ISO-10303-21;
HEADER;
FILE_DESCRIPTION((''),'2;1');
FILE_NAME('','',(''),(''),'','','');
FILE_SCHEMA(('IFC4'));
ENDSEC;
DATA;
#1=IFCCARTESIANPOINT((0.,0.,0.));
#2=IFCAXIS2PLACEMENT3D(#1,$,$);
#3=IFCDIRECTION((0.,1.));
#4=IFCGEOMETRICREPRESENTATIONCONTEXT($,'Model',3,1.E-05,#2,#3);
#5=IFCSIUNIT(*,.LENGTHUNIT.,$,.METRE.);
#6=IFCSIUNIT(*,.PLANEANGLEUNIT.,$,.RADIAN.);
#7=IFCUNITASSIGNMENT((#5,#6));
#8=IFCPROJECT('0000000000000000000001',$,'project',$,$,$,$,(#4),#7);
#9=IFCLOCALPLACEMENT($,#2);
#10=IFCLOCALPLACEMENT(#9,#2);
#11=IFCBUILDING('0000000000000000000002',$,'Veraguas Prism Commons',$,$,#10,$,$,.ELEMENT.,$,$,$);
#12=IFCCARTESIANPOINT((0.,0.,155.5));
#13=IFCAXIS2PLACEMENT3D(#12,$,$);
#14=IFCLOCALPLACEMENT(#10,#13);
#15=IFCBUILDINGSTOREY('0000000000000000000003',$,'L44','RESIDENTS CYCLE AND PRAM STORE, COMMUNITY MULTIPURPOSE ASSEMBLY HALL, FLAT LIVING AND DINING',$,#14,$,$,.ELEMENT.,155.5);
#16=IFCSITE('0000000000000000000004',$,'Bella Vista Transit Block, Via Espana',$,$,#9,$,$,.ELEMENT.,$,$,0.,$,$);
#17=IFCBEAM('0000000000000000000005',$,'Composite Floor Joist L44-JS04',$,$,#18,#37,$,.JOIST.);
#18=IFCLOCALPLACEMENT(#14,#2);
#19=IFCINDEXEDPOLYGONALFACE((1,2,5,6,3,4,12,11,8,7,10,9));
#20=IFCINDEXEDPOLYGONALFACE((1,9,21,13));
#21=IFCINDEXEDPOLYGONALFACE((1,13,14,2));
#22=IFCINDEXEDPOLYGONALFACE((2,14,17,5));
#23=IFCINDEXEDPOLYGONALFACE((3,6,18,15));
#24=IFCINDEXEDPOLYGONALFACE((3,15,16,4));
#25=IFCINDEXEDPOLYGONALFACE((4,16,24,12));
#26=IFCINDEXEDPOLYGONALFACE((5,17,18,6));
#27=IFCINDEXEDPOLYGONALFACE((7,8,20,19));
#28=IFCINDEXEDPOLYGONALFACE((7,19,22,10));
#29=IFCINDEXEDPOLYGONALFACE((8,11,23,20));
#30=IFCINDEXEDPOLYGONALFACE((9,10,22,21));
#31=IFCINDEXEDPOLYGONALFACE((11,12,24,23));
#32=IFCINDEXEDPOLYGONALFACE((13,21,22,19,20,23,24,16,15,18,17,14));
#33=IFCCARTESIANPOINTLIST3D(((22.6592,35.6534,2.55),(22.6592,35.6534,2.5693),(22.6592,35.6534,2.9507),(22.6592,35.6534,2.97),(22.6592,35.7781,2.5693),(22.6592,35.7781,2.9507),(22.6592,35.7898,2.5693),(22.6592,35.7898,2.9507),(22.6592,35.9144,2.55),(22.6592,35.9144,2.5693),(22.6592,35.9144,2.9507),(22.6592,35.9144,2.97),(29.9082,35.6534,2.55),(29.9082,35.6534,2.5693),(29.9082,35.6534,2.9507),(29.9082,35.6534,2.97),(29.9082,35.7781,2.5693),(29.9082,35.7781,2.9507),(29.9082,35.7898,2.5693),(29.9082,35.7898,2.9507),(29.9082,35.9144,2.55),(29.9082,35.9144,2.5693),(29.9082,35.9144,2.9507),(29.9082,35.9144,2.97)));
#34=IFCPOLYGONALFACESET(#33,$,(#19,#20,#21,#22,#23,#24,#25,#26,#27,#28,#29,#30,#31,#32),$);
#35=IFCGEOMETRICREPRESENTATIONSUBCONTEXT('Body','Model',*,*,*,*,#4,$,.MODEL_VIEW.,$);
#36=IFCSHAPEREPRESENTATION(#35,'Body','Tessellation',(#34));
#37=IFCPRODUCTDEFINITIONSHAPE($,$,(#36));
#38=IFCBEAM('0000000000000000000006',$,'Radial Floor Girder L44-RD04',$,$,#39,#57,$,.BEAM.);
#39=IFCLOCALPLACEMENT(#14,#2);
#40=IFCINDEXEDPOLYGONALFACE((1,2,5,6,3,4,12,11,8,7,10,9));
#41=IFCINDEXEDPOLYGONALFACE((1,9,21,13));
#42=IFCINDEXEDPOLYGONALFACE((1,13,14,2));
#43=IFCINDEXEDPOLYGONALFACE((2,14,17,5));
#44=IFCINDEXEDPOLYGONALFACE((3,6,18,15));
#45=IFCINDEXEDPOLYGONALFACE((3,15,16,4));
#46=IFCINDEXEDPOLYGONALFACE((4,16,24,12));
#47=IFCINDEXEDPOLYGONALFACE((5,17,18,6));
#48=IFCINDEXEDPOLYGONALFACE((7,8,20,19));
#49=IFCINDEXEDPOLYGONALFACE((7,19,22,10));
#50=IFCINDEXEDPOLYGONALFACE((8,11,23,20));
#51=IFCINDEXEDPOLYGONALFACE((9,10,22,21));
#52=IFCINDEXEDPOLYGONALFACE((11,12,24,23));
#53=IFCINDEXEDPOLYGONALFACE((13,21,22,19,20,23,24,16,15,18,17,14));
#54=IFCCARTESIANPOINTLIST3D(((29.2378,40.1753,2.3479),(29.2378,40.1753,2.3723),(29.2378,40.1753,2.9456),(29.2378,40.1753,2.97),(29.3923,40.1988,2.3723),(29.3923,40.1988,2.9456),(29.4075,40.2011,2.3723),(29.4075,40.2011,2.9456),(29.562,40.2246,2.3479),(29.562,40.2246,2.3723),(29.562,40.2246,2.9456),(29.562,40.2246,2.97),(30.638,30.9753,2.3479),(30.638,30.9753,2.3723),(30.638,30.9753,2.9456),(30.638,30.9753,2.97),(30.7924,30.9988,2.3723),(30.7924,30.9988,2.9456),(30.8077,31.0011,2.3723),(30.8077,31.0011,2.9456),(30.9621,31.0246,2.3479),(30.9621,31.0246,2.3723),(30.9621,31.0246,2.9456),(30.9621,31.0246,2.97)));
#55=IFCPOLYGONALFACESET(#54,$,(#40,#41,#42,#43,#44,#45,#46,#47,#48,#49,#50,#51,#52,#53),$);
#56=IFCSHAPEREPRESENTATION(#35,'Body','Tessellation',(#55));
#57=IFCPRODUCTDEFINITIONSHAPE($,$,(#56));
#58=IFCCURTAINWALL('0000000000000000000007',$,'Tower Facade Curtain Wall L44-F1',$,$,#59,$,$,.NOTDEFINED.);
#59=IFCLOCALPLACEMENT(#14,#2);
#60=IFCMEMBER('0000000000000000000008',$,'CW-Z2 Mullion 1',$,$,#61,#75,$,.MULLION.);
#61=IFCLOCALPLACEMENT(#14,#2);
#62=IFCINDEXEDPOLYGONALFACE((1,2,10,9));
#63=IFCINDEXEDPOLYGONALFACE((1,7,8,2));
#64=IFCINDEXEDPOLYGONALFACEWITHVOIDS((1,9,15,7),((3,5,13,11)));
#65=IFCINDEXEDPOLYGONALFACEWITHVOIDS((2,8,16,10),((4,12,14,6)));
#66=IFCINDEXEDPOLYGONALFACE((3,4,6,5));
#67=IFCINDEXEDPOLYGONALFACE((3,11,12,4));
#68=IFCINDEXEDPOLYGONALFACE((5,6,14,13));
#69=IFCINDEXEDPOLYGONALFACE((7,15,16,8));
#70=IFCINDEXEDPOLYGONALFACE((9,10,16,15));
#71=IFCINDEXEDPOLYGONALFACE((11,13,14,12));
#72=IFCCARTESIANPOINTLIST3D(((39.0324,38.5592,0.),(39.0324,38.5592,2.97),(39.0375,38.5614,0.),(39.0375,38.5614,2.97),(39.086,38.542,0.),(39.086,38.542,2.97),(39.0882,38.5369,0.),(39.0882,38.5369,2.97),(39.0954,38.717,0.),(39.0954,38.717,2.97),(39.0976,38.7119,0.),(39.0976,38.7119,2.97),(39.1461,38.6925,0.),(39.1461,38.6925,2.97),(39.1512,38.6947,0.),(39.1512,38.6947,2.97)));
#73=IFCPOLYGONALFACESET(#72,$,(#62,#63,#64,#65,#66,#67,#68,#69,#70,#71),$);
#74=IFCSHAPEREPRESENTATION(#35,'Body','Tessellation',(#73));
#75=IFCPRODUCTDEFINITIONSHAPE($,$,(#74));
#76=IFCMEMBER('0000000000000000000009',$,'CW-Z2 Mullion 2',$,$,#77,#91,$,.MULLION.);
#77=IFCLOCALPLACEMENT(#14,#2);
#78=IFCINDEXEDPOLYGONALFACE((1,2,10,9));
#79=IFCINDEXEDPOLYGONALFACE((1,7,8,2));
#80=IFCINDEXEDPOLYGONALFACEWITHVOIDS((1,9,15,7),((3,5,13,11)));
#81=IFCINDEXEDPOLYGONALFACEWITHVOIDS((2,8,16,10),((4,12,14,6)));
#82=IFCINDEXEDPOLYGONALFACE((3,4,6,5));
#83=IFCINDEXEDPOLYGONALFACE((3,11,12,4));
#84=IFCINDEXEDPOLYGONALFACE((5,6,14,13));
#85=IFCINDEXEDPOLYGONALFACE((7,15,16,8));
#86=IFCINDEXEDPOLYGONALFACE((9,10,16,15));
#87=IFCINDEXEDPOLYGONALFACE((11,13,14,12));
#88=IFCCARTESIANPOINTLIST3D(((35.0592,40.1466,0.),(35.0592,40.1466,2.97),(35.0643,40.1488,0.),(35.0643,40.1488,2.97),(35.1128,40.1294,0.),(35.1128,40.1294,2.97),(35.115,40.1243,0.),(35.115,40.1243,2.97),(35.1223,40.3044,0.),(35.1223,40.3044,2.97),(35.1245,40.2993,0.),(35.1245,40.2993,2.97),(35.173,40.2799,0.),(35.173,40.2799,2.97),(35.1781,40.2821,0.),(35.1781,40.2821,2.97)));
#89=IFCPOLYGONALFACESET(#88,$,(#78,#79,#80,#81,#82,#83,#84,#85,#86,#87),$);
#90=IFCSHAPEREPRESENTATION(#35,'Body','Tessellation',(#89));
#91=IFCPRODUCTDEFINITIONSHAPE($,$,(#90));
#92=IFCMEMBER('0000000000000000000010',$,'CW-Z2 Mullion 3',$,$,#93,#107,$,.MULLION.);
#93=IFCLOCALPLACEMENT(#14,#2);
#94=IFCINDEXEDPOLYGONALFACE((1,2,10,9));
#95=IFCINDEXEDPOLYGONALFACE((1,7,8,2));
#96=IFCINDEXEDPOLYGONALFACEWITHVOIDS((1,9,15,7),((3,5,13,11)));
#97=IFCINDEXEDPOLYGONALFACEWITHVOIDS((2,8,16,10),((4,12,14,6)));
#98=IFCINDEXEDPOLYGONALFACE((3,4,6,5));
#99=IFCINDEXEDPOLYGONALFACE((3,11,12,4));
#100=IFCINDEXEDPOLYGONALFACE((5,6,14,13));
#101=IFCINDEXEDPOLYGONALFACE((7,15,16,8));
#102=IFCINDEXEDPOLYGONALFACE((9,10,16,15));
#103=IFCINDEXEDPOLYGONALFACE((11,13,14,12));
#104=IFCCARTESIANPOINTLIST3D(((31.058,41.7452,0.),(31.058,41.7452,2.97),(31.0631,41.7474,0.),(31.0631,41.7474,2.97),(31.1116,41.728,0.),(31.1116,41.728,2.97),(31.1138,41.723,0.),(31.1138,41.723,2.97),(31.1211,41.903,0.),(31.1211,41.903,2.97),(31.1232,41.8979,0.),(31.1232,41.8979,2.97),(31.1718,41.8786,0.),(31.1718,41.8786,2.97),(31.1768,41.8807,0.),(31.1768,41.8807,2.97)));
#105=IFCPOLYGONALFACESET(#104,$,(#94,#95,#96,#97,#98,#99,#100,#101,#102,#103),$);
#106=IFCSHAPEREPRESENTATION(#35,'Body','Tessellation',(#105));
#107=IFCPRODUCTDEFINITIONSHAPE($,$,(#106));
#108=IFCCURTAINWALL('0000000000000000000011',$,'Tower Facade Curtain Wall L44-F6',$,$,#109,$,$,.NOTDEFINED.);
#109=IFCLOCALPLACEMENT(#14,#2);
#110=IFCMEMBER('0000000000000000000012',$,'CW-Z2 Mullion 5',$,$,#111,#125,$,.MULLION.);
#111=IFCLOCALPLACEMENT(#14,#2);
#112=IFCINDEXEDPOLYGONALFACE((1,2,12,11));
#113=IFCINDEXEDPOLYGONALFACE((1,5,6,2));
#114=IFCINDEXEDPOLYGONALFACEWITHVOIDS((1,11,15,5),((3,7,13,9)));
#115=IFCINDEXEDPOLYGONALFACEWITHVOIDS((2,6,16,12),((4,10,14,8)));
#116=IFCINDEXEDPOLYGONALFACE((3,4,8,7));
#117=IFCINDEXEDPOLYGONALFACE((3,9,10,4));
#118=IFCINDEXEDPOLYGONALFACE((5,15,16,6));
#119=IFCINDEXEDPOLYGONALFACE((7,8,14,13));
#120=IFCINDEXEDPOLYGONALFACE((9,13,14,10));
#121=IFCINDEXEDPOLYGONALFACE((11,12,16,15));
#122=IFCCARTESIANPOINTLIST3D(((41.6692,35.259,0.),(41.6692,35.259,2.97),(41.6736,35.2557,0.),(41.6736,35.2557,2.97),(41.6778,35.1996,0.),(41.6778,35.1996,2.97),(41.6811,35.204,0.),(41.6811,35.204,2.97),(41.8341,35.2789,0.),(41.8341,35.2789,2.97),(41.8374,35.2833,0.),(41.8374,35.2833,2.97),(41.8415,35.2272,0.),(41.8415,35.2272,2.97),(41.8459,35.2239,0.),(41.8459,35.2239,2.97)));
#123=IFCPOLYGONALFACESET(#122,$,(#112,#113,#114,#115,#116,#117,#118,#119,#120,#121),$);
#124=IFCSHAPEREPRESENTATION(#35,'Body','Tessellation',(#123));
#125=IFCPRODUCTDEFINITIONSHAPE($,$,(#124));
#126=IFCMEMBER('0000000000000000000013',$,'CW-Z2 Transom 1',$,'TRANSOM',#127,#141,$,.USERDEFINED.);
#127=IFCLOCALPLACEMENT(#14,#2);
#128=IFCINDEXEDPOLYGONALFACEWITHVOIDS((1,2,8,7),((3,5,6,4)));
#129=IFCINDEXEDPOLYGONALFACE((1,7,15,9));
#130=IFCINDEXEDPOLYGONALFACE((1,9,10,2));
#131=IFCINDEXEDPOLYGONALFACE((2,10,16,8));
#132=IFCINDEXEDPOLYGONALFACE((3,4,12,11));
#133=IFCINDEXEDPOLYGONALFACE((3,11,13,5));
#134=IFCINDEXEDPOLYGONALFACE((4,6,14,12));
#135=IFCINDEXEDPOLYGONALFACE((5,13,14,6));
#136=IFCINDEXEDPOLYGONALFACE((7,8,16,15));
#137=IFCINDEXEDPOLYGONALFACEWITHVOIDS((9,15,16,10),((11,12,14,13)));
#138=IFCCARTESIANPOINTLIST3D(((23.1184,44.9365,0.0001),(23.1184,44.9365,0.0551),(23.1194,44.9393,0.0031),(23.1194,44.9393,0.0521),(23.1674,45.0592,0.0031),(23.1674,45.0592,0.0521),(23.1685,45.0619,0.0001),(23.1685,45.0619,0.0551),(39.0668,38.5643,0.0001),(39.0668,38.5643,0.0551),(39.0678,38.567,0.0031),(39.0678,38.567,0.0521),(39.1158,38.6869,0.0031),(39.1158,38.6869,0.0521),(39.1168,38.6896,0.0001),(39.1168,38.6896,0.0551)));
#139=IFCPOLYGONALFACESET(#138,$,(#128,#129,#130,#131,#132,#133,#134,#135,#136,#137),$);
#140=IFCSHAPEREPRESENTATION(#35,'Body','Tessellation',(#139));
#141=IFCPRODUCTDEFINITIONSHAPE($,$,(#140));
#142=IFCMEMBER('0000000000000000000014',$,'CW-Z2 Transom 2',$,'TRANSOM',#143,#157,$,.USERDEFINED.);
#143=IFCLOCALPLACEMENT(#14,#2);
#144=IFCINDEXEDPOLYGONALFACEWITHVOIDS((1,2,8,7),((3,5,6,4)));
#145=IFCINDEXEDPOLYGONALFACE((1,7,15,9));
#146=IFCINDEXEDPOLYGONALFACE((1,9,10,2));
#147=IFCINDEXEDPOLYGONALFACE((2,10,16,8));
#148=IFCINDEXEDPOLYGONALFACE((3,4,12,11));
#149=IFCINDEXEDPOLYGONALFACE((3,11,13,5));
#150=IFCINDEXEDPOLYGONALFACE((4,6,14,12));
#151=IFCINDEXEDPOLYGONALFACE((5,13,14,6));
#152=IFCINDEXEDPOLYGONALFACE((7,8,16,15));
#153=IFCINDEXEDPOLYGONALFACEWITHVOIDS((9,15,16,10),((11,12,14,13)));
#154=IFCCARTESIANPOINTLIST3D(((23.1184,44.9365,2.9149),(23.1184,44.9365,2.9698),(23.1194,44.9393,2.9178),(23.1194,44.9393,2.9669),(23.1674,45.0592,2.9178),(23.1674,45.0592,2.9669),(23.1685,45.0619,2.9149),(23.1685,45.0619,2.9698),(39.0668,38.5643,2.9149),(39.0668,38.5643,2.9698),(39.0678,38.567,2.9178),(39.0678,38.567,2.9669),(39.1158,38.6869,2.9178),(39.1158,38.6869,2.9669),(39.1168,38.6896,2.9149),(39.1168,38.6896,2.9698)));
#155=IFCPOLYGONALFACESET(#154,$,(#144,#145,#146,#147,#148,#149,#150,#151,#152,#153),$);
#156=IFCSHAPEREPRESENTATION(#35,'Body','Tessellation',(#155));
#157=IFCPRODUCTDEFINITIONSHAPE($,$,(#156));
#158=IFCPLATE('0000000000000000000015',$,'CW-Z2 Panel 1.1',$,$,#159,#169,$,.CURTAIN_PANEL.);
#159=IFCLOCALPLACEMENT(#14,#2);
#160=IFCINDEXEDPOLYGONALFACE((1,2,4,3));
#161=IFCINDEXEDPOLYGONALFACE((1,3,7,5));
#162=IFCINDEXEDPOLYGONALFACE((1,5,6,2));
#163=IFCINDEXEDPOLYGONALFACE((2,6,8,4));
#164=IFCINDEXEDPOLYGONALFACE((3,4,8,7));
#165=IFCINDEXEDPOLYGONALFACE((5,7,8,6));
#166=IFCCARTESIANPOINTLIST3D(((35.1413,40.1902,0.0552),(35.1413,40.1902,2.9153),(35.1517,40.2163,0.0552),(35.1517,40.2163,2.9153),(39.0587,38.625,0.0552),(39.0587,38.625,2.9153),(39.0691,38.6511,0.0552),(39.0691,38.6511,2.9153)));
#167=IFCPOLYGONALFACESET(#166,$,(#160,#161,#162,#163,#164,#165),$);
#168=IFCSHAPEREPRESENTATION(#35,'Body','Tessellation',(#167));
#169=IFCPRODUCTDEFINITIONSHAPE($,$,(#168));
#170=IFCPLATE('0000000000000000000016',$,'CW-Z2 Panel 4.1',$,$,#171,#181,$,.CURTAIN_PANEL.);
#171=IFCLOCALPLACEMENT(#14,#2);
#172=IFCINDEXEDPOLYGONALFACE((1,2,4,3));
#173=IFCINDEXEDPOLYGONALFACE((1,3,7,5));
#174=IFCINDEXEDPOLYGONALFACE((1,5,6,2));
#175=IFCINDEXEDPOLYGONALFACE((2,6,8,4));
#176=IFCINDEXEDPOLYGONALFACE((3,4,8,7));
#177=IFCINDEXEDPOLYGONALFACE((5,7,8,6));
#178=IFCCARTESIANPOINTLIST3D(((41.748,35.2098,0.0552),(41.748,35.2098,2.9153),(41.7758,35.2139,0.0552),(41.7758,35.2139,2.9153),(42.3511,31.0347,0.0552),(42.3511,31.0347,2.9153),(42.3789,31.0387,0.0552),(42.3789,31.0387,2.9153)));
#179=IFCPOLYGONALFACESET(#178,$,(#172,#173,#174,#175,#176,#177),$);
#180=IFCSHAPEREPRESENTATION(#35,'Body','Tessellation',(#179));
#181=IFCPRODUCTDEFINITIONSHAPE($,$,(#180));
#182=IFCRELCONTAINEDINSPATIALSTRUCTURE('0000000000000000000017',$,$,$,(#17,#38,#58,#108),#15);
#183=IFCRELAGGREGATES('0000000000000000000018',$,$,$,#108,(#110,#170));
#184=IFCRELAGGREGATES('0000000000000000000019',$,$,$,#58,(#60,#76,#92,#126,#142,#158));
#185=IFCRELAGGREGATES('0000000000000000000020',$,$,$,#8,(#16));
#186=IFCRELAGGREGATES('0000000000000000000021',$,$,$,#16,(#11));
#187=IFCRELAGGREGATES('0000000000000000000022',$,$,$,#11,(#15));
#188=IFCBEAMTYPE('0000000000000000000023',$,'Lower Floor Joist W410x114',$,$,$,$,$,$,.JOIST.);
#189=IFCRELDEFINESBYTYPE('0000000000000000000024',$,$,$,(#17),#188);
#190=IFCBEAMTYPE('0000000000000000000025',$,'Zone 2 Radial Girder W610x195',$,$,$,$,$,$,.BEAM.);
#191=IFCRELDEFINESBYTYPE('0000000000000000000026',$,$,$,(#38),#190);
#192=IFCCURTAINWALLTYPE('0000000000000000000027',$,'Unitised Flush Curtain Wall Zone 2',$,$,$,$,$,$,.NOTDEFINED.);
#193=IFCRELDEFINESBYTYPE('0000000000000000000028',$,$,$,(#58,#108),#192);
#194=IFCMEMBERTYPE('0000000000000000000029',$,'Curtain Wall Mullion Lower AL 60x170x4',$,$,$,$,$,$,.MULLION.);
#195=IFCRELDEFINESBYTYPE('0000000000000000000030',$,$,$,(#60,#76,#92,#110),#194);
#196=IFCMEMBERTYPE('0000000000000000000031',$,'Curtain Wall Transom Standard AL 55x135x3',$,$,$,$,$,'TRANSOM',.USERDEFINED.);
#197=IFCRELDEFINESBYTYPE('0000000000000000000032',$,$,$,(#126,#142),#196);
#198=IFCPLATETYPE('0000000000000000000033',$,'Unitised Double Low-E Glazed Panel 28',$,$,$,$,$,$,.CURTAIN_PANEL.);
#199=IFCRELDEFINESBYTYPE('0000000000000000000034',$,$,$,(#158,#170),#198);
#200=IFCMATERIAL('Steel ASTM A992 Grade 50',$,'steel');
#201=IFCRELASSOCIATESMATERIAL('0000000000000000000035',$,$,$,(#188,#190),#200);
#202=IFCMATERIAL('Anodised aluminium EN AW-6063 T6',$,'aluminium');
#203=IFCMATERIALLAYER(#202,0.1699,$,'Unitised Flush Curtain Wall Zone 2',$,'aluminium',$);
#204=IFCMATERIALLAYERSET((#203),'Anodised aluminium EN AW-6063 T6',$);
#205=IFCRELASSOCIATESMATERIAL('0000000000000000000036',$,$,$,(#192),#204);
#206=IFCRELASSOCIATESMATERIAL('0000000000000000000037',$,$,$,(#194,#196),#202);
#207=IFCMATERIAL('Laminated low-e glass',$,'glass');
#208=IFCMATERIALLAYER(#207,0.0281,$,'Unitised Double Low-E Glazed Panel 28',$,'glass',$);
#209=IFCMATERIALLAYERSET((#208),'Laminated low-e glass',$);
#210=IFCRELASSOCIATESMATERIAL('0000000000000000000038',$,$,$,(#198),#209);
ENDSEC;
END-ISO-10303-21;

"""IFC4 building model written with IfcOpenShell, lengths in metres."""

from ifc_helpers import new_model, si_unit, direction, frame, origin, origin_2d, place, context, subcontext, project, spatial, rectangle, hollow_rectangle, i_section, extrude, source, transform, mapped, material, layer, layer_set, material_profile, profile_set, type_object, element, aggregate, save


model = new_model("IFC4")

# Units and contexts
model_context = context("Model", 3, precision=1e-05, world=origin(), true_north=direction((0.0, 1.0)))
body_context = subcontext(model_context, "Body", "Model", "MODEL_VIEW")
ifc_project = project(units=[si_unit("LENGTHUNIT", "METRE"), si_unit("PLANEANGLEUNIT", "RADIAN")], contexts=[model_context])

# Site, building, storey
site_placement = place(None, origin())
site = spatial("IfcSite", under=ifc_project, at=site_placement, Name="Bella Vista Transit Block, Via Espana", CompositionType="ELEMENT", RefElevation=0.0)
building_placement = place(site_placement, origin())
building = spatial("IfcBuilding", under=site, at=building_placement, Name="Veraguas Prism Commons", CompositionType="ELEMENT")
storey_placement = place(building_placement, frame((0.0, 0.0, 155.5)))
storey = spatial("IfcBuildingStorey", under=building, at=storey_placement, Name="L44", Description="RESIDENTS CYCLE AND PRAM STORE, COMMUNITY MULTIPURPOSE ASSEMBLY HALL, FLAT LIVING AND DINING", CompositionType="ELEMENT", Elevation=155.5)

# Beams
ifc_material_1 = material(Name="Steel ASTM A992 Grade 50", Category="steel")
ifc_material_profile_1 = material_profile(ifc_material_1, i_section(OverallWidth=0.261, OverallDepth=0.4199, WebThickness=0.0117, FlangeThickness=0.0193, at=origin_2d()), Name="W410X114")
ifc_profile_set_1 = profile_set([ifc_material_profile_1], Name="Steel ASTM A992 Grade 50")
beam_type_1 = type_object("IfcBeamType", Name="Lower Floor Joist W410x114", PredefinedType="JOIST", material=ifc_profile_set_1)
beam_1_placement = place(storey_placement, frame((29.9082, 35.7839, 2.76), z_axis=(-1.0, 0.0, 0.0), x_axis=(0.0, -1.0, 0.0)))
element("IfcBeam", 1, at=beam_1_placement, inside=storey, type_object=beam_type_1, Name="Composite Floor Joist L44-JS04", PredefinedType="JOIST", context=body_context, shape_type="SweptSolid", body=[
    extrude(i_section(OverallWidth=0.261, OverallDepth=0.4199, WebThickness=0.0117, FlangeThickness=0.0193, at=origin_2d()), origin(), (0.0, 0.0, 1.0), 7.249),
])
ifc_material_profile_2 = material_profile(ifc_material_1, i_section(OverallWidth=0.3279, OverallDepth=0.6221, WebThickness=0.0154, FlangeThickness=0.0244, at=origin_2d()), Name="W610X195")
ifc_profile_set_2 = profile_set([ifc_material_profile_2], Name="Steel ASTM A992 Grade 50")
beam_type_2 = type_object("IfcBeamType", Name="Zone 2 Radial Girder W610x195", PredefinedType="BEAM", material=ifc_profile_set_2)
beam_2_placement = place(storey_placement, frame((29.3999, 40.2, 2.6589), z_axis=(0.150458, -0.988616, 0.0), x_axis=(0.988616, 0.150458, 0.0)))
element("IfcBeam", 2, at=beam_2_placement, inside=storey, type_object=beam_type_2, Name="Radial Floor Girder L44-RD04", PredefinedType="BEAM", context=body_context, shape_type="SweptSolid", body=[
    extrude(i_section(OverallWidth=0.3279, OverallDepth=0.6221, WebThickness=0.0154, FlangeThickness=0.0244, at=origin_2d()), origin(), (0.0, 0.0, 1.0), 9.3059),
])

# Curtain wall, members
ifc_material_2 = material(Name="Anodised aluminium EN AW-6063 T6", Category="aluminium")
ifc_layer_1 = layer(ifc_material_2, 0.1699, Name="Unitised Flush Curtain Wall Zone 2", Category="aluminium")
ifc_layer_set_1 = layer_set([ifc_layer_1], Name="Anodised aluminium EN AW-6063 T6")
curtain_wall_type = type_object("IfcCurtainWallType", Name="Unitised Flush Curtain Wall Zone 2", PredefinedType="NOTDEFINED", material=ifc_layer_set_1)
curtain_wall_1_placement = place(storey_placement, origin())
curtain_wall_1 = element("IfcCurtainWall", 3, at=curtain_wall_1_placement, inside=storey, type_object=curtain_wall_type, Name="Tower Facade Curtain Wall L44-F1", PredefinedType="NOTDEFINED")
ifc_material_profile_3 = material_profile(ifc_material_2, hollow_rectangle(XDim=0.0601, YDim=0.1699, WallThickness=0.0039, at=origin_2d()), Name="AL60X170X4")
ifc_profile_set_3 = profile_set([ifc_material_profile_3], Name="Anodised aluminium EN AW-6063 T6")
member_type_1 = type_object("IfcMemberType", Name="Curtain Wall Mullion Lower AL 60x170x4", PredefinedType="MULLION", material=ifc_profile_set_3)
shared_shape_1 = source(origin(), body_context, "Body", "SweptSolid", [
    extrude(hollow_rectangle(XDim=0.0601, YDim=0.1699, WallThickness=0.0039, at=origin_2d()), origin(), (0.0, 0.0, 1.0), 2.97),
])
member_1_placement = place(storey_placement, frame((39.0918, 38.627, 0.0), z_axis=(0.0, 0.0, 1.0), x_axis=(-0.928617, 0.371039, 0.0)))
member_1 = element("IfcMember", 4, at=member_1_placement, type_object=member_type_1, Name="CW-Z2 Mullion 1", PredefinedType="MULLION", context=body_context, shape_type="MappedRepresentation", body=[
    mapped(shared_shape_1, transform((0.0, 0.0, 0.0), scale=1.0)),
])
member_2_placement = place(storey_placement, frame((35.1187, 40.2144, 0.0), z_axis=(0.0, 0.0, 1.0), x_axis=(-0.928617, 0.371039, 0.0)))
member_2 = element("IfcMember", 5, at=member_2_placement, type_object=member_type_1, Name="CW-Z2 Mullion 2", PredefinedType="MULLION", context=body_context, shape_type="MappedRepresentation", body=[
    mapped(shared_shape_1, transform((0.0, 0.0, 0.0), scale=1.0)),
])
member_3_placement = place(storey_placement, frame((31.1174, 41.813, 0.0), z_axis=(0.0, 0.0, 1.0), x_axis=(-0.928617, 0.371039, 0.0)))
member_3 = element("IfcMember", 6, at=member_3_placement, type_object=member_type_1, Name="CW-Z2 Mullion 3", PredefinedType="MULLION", context=body_context, shape_type="MappedRepresentation", body=[
    mapped(shared_shape_1, transform((0.0, 0.0, 0.0), scale=1.0)),
])

# Curtain wall, member
curtain_wall_2_placement = place(storey_placement, origin())
curtain_wall_2 = element("IfcCurtainWall", 7, at=curtain_wall_2_placement, inside=storey, type_object=curtain_wall_type, Name="Tower Facade Curtain Wall L44-F6", PredefinedType="NOTDEFINED")
member_4_placement = place(storey_placement, frame((41.7576, 35.2415, 0.0), z_axis=(0.0, 0.0, 1.0), x_axis=(-0.142971, 0.989727, 0.0)))
member_4 = element("IfcMember", 8, at=member_4_placement, type_object=member_type_1, Name="CW-Z2 Mullion 5", PredefinedType="MULLION", context=body_context, shape_type="MappedRepresentation", body=[
    mapped(shared_shape_1, transform((0.0, 0.0, 0.0), scale=1.0)),
])

# Members
ifc_material_profile_4 = material_profile(ifc_material_2, hollow_rectangle(XDim=0.0549, YDim=0.135, WallThickness=0.0029, at=origin_2d()), Name="AL55X135X3")
ifc_profile_set_4 = profile_set([ifc_material_profile_4], Name="Anodised aluminium EN AW-6063 T6")
member_type_2 = type_object("IfcMemberType", Name="Curtain Wall Transom Standard AL 55x135x3", ElementType="TRANSOM", PredefinedType="USERDEFINED", material=ifc_profile_set_4)
shared_shape_2 = source(origin(), body_context, "Body", "SweptSolid", [
    extrude(hollow_rectangle(XDim=0.0549, YDim=0.135, WallThickness=0.0029, at=origin_2d()), origin(), (0.0, 0.0, 1.0), 17.1743),
])
member_5_placement = place(storey_placement, frame((39.0918, 38.627, 0.0276), z_axis=(-0.928619, 0.371035, 0.0), x_axis=(0.0, 0.0, 1.0)))
member_5 = element("IfcMember", 9, at=member_5_placement, type_object=member_type_2, Name="CW-Z2 Transom 1", ObjectType="TRANSOM", PredefinedType="USERDEFINED", context=body_context, shape_type="MappedRepresentation", body=[
    mapped(shared_shape_2, transform((0.0, 0.0, 0.0), scale=1.0)),
])
member_6_placement = place(storey_placement, frame((39.0918, 38.627, 2.9424), z_axis=(-0.928619, 0.371035, 0.0), x_axis=(0.0, 0.0, 1.0)))
member_6 = element("IfcMember", 10, at=member_6_placement, type_object=member_type_2, Name="CW-Z2 Transom 2", ObjectType="TRANSOM", PredefinedType="USERDEFINED", context=body_context, shape_type="MappedRepresentation", body=[
    mapped(shared_shape_2, transform((0.0, 0.0, 0.0), scale=1.0)),
])

# Plates
ifc_material_3 = material(Name="Laminated low-e glass", Category="glass")
ifc_layer_2 = layer(ifc_material_3, 0.0281, Name="Unitised Double Low-E Glazed Panel 28", Category="glass")
ifc_layer_set_2 = layer_set([ifc_layer_2], Name="Laminated low-e glass")
plate_type = type_object("IfcPlateType", Name="Unitised Double Low-E Glazed Panel 28", PredefinedType="CURTAIN_PANEL", material=ifc_layer_set_2)
shared_shape_3 = source(origin(), body_context, "Body", "SweptSolid", [
    extrude(rectangle(XDim=4.2185, YDim=0.0281, at=origin_2d()), origin(), (0.0, 0.0, 1.0), 2.8601),
])
plate_1_placement = place(storey_placement, frame((37.1052, 39.4207, 0.0552), z_axis=(0.0, 0.0, 1.0), x_axis=(-0.928617, 0.371039, 0.0)))
plate_1 = element("IfcPlate", 11, at=plate_1_placement, type_object=plate_type, Name="CW-Z2 Panel 1.1", PredefinedType="CURTAIN_PANEL", context=body_context, shape_type="MappedRepresentation", body=[
    mapped(shared_shape_3, transform((0.0, 0.0, 0.0), scale=1.0)),
])
plate_2_placement = place(storey_placement, frame((42.0635, 33.1243, 0.0552), z_axis=(0.0, 0.0, 1.0), x_axis=(-0.142971, 0.989727, 0.0)))
plate_2 = element("IfcPlate", 12, at=plate_2_placement, type_object=plate_type, Name="CW-Z2 Panel 4.1", PredefinedType="CURTAIN_PANEL", context=body_context, shape_type="MappedRepresentation", body=[
    mapped(shared_shape_3, transform((0.0, 0.0, 0.0), scale=1.0)),
])
aggregate(curtain_wall_2, [member_4, plate_2])
aggregate(curtain_wall_1, [member_1, member_2, member_3, member_5, member_6, plate_1])

save(model, "model.ifc")
